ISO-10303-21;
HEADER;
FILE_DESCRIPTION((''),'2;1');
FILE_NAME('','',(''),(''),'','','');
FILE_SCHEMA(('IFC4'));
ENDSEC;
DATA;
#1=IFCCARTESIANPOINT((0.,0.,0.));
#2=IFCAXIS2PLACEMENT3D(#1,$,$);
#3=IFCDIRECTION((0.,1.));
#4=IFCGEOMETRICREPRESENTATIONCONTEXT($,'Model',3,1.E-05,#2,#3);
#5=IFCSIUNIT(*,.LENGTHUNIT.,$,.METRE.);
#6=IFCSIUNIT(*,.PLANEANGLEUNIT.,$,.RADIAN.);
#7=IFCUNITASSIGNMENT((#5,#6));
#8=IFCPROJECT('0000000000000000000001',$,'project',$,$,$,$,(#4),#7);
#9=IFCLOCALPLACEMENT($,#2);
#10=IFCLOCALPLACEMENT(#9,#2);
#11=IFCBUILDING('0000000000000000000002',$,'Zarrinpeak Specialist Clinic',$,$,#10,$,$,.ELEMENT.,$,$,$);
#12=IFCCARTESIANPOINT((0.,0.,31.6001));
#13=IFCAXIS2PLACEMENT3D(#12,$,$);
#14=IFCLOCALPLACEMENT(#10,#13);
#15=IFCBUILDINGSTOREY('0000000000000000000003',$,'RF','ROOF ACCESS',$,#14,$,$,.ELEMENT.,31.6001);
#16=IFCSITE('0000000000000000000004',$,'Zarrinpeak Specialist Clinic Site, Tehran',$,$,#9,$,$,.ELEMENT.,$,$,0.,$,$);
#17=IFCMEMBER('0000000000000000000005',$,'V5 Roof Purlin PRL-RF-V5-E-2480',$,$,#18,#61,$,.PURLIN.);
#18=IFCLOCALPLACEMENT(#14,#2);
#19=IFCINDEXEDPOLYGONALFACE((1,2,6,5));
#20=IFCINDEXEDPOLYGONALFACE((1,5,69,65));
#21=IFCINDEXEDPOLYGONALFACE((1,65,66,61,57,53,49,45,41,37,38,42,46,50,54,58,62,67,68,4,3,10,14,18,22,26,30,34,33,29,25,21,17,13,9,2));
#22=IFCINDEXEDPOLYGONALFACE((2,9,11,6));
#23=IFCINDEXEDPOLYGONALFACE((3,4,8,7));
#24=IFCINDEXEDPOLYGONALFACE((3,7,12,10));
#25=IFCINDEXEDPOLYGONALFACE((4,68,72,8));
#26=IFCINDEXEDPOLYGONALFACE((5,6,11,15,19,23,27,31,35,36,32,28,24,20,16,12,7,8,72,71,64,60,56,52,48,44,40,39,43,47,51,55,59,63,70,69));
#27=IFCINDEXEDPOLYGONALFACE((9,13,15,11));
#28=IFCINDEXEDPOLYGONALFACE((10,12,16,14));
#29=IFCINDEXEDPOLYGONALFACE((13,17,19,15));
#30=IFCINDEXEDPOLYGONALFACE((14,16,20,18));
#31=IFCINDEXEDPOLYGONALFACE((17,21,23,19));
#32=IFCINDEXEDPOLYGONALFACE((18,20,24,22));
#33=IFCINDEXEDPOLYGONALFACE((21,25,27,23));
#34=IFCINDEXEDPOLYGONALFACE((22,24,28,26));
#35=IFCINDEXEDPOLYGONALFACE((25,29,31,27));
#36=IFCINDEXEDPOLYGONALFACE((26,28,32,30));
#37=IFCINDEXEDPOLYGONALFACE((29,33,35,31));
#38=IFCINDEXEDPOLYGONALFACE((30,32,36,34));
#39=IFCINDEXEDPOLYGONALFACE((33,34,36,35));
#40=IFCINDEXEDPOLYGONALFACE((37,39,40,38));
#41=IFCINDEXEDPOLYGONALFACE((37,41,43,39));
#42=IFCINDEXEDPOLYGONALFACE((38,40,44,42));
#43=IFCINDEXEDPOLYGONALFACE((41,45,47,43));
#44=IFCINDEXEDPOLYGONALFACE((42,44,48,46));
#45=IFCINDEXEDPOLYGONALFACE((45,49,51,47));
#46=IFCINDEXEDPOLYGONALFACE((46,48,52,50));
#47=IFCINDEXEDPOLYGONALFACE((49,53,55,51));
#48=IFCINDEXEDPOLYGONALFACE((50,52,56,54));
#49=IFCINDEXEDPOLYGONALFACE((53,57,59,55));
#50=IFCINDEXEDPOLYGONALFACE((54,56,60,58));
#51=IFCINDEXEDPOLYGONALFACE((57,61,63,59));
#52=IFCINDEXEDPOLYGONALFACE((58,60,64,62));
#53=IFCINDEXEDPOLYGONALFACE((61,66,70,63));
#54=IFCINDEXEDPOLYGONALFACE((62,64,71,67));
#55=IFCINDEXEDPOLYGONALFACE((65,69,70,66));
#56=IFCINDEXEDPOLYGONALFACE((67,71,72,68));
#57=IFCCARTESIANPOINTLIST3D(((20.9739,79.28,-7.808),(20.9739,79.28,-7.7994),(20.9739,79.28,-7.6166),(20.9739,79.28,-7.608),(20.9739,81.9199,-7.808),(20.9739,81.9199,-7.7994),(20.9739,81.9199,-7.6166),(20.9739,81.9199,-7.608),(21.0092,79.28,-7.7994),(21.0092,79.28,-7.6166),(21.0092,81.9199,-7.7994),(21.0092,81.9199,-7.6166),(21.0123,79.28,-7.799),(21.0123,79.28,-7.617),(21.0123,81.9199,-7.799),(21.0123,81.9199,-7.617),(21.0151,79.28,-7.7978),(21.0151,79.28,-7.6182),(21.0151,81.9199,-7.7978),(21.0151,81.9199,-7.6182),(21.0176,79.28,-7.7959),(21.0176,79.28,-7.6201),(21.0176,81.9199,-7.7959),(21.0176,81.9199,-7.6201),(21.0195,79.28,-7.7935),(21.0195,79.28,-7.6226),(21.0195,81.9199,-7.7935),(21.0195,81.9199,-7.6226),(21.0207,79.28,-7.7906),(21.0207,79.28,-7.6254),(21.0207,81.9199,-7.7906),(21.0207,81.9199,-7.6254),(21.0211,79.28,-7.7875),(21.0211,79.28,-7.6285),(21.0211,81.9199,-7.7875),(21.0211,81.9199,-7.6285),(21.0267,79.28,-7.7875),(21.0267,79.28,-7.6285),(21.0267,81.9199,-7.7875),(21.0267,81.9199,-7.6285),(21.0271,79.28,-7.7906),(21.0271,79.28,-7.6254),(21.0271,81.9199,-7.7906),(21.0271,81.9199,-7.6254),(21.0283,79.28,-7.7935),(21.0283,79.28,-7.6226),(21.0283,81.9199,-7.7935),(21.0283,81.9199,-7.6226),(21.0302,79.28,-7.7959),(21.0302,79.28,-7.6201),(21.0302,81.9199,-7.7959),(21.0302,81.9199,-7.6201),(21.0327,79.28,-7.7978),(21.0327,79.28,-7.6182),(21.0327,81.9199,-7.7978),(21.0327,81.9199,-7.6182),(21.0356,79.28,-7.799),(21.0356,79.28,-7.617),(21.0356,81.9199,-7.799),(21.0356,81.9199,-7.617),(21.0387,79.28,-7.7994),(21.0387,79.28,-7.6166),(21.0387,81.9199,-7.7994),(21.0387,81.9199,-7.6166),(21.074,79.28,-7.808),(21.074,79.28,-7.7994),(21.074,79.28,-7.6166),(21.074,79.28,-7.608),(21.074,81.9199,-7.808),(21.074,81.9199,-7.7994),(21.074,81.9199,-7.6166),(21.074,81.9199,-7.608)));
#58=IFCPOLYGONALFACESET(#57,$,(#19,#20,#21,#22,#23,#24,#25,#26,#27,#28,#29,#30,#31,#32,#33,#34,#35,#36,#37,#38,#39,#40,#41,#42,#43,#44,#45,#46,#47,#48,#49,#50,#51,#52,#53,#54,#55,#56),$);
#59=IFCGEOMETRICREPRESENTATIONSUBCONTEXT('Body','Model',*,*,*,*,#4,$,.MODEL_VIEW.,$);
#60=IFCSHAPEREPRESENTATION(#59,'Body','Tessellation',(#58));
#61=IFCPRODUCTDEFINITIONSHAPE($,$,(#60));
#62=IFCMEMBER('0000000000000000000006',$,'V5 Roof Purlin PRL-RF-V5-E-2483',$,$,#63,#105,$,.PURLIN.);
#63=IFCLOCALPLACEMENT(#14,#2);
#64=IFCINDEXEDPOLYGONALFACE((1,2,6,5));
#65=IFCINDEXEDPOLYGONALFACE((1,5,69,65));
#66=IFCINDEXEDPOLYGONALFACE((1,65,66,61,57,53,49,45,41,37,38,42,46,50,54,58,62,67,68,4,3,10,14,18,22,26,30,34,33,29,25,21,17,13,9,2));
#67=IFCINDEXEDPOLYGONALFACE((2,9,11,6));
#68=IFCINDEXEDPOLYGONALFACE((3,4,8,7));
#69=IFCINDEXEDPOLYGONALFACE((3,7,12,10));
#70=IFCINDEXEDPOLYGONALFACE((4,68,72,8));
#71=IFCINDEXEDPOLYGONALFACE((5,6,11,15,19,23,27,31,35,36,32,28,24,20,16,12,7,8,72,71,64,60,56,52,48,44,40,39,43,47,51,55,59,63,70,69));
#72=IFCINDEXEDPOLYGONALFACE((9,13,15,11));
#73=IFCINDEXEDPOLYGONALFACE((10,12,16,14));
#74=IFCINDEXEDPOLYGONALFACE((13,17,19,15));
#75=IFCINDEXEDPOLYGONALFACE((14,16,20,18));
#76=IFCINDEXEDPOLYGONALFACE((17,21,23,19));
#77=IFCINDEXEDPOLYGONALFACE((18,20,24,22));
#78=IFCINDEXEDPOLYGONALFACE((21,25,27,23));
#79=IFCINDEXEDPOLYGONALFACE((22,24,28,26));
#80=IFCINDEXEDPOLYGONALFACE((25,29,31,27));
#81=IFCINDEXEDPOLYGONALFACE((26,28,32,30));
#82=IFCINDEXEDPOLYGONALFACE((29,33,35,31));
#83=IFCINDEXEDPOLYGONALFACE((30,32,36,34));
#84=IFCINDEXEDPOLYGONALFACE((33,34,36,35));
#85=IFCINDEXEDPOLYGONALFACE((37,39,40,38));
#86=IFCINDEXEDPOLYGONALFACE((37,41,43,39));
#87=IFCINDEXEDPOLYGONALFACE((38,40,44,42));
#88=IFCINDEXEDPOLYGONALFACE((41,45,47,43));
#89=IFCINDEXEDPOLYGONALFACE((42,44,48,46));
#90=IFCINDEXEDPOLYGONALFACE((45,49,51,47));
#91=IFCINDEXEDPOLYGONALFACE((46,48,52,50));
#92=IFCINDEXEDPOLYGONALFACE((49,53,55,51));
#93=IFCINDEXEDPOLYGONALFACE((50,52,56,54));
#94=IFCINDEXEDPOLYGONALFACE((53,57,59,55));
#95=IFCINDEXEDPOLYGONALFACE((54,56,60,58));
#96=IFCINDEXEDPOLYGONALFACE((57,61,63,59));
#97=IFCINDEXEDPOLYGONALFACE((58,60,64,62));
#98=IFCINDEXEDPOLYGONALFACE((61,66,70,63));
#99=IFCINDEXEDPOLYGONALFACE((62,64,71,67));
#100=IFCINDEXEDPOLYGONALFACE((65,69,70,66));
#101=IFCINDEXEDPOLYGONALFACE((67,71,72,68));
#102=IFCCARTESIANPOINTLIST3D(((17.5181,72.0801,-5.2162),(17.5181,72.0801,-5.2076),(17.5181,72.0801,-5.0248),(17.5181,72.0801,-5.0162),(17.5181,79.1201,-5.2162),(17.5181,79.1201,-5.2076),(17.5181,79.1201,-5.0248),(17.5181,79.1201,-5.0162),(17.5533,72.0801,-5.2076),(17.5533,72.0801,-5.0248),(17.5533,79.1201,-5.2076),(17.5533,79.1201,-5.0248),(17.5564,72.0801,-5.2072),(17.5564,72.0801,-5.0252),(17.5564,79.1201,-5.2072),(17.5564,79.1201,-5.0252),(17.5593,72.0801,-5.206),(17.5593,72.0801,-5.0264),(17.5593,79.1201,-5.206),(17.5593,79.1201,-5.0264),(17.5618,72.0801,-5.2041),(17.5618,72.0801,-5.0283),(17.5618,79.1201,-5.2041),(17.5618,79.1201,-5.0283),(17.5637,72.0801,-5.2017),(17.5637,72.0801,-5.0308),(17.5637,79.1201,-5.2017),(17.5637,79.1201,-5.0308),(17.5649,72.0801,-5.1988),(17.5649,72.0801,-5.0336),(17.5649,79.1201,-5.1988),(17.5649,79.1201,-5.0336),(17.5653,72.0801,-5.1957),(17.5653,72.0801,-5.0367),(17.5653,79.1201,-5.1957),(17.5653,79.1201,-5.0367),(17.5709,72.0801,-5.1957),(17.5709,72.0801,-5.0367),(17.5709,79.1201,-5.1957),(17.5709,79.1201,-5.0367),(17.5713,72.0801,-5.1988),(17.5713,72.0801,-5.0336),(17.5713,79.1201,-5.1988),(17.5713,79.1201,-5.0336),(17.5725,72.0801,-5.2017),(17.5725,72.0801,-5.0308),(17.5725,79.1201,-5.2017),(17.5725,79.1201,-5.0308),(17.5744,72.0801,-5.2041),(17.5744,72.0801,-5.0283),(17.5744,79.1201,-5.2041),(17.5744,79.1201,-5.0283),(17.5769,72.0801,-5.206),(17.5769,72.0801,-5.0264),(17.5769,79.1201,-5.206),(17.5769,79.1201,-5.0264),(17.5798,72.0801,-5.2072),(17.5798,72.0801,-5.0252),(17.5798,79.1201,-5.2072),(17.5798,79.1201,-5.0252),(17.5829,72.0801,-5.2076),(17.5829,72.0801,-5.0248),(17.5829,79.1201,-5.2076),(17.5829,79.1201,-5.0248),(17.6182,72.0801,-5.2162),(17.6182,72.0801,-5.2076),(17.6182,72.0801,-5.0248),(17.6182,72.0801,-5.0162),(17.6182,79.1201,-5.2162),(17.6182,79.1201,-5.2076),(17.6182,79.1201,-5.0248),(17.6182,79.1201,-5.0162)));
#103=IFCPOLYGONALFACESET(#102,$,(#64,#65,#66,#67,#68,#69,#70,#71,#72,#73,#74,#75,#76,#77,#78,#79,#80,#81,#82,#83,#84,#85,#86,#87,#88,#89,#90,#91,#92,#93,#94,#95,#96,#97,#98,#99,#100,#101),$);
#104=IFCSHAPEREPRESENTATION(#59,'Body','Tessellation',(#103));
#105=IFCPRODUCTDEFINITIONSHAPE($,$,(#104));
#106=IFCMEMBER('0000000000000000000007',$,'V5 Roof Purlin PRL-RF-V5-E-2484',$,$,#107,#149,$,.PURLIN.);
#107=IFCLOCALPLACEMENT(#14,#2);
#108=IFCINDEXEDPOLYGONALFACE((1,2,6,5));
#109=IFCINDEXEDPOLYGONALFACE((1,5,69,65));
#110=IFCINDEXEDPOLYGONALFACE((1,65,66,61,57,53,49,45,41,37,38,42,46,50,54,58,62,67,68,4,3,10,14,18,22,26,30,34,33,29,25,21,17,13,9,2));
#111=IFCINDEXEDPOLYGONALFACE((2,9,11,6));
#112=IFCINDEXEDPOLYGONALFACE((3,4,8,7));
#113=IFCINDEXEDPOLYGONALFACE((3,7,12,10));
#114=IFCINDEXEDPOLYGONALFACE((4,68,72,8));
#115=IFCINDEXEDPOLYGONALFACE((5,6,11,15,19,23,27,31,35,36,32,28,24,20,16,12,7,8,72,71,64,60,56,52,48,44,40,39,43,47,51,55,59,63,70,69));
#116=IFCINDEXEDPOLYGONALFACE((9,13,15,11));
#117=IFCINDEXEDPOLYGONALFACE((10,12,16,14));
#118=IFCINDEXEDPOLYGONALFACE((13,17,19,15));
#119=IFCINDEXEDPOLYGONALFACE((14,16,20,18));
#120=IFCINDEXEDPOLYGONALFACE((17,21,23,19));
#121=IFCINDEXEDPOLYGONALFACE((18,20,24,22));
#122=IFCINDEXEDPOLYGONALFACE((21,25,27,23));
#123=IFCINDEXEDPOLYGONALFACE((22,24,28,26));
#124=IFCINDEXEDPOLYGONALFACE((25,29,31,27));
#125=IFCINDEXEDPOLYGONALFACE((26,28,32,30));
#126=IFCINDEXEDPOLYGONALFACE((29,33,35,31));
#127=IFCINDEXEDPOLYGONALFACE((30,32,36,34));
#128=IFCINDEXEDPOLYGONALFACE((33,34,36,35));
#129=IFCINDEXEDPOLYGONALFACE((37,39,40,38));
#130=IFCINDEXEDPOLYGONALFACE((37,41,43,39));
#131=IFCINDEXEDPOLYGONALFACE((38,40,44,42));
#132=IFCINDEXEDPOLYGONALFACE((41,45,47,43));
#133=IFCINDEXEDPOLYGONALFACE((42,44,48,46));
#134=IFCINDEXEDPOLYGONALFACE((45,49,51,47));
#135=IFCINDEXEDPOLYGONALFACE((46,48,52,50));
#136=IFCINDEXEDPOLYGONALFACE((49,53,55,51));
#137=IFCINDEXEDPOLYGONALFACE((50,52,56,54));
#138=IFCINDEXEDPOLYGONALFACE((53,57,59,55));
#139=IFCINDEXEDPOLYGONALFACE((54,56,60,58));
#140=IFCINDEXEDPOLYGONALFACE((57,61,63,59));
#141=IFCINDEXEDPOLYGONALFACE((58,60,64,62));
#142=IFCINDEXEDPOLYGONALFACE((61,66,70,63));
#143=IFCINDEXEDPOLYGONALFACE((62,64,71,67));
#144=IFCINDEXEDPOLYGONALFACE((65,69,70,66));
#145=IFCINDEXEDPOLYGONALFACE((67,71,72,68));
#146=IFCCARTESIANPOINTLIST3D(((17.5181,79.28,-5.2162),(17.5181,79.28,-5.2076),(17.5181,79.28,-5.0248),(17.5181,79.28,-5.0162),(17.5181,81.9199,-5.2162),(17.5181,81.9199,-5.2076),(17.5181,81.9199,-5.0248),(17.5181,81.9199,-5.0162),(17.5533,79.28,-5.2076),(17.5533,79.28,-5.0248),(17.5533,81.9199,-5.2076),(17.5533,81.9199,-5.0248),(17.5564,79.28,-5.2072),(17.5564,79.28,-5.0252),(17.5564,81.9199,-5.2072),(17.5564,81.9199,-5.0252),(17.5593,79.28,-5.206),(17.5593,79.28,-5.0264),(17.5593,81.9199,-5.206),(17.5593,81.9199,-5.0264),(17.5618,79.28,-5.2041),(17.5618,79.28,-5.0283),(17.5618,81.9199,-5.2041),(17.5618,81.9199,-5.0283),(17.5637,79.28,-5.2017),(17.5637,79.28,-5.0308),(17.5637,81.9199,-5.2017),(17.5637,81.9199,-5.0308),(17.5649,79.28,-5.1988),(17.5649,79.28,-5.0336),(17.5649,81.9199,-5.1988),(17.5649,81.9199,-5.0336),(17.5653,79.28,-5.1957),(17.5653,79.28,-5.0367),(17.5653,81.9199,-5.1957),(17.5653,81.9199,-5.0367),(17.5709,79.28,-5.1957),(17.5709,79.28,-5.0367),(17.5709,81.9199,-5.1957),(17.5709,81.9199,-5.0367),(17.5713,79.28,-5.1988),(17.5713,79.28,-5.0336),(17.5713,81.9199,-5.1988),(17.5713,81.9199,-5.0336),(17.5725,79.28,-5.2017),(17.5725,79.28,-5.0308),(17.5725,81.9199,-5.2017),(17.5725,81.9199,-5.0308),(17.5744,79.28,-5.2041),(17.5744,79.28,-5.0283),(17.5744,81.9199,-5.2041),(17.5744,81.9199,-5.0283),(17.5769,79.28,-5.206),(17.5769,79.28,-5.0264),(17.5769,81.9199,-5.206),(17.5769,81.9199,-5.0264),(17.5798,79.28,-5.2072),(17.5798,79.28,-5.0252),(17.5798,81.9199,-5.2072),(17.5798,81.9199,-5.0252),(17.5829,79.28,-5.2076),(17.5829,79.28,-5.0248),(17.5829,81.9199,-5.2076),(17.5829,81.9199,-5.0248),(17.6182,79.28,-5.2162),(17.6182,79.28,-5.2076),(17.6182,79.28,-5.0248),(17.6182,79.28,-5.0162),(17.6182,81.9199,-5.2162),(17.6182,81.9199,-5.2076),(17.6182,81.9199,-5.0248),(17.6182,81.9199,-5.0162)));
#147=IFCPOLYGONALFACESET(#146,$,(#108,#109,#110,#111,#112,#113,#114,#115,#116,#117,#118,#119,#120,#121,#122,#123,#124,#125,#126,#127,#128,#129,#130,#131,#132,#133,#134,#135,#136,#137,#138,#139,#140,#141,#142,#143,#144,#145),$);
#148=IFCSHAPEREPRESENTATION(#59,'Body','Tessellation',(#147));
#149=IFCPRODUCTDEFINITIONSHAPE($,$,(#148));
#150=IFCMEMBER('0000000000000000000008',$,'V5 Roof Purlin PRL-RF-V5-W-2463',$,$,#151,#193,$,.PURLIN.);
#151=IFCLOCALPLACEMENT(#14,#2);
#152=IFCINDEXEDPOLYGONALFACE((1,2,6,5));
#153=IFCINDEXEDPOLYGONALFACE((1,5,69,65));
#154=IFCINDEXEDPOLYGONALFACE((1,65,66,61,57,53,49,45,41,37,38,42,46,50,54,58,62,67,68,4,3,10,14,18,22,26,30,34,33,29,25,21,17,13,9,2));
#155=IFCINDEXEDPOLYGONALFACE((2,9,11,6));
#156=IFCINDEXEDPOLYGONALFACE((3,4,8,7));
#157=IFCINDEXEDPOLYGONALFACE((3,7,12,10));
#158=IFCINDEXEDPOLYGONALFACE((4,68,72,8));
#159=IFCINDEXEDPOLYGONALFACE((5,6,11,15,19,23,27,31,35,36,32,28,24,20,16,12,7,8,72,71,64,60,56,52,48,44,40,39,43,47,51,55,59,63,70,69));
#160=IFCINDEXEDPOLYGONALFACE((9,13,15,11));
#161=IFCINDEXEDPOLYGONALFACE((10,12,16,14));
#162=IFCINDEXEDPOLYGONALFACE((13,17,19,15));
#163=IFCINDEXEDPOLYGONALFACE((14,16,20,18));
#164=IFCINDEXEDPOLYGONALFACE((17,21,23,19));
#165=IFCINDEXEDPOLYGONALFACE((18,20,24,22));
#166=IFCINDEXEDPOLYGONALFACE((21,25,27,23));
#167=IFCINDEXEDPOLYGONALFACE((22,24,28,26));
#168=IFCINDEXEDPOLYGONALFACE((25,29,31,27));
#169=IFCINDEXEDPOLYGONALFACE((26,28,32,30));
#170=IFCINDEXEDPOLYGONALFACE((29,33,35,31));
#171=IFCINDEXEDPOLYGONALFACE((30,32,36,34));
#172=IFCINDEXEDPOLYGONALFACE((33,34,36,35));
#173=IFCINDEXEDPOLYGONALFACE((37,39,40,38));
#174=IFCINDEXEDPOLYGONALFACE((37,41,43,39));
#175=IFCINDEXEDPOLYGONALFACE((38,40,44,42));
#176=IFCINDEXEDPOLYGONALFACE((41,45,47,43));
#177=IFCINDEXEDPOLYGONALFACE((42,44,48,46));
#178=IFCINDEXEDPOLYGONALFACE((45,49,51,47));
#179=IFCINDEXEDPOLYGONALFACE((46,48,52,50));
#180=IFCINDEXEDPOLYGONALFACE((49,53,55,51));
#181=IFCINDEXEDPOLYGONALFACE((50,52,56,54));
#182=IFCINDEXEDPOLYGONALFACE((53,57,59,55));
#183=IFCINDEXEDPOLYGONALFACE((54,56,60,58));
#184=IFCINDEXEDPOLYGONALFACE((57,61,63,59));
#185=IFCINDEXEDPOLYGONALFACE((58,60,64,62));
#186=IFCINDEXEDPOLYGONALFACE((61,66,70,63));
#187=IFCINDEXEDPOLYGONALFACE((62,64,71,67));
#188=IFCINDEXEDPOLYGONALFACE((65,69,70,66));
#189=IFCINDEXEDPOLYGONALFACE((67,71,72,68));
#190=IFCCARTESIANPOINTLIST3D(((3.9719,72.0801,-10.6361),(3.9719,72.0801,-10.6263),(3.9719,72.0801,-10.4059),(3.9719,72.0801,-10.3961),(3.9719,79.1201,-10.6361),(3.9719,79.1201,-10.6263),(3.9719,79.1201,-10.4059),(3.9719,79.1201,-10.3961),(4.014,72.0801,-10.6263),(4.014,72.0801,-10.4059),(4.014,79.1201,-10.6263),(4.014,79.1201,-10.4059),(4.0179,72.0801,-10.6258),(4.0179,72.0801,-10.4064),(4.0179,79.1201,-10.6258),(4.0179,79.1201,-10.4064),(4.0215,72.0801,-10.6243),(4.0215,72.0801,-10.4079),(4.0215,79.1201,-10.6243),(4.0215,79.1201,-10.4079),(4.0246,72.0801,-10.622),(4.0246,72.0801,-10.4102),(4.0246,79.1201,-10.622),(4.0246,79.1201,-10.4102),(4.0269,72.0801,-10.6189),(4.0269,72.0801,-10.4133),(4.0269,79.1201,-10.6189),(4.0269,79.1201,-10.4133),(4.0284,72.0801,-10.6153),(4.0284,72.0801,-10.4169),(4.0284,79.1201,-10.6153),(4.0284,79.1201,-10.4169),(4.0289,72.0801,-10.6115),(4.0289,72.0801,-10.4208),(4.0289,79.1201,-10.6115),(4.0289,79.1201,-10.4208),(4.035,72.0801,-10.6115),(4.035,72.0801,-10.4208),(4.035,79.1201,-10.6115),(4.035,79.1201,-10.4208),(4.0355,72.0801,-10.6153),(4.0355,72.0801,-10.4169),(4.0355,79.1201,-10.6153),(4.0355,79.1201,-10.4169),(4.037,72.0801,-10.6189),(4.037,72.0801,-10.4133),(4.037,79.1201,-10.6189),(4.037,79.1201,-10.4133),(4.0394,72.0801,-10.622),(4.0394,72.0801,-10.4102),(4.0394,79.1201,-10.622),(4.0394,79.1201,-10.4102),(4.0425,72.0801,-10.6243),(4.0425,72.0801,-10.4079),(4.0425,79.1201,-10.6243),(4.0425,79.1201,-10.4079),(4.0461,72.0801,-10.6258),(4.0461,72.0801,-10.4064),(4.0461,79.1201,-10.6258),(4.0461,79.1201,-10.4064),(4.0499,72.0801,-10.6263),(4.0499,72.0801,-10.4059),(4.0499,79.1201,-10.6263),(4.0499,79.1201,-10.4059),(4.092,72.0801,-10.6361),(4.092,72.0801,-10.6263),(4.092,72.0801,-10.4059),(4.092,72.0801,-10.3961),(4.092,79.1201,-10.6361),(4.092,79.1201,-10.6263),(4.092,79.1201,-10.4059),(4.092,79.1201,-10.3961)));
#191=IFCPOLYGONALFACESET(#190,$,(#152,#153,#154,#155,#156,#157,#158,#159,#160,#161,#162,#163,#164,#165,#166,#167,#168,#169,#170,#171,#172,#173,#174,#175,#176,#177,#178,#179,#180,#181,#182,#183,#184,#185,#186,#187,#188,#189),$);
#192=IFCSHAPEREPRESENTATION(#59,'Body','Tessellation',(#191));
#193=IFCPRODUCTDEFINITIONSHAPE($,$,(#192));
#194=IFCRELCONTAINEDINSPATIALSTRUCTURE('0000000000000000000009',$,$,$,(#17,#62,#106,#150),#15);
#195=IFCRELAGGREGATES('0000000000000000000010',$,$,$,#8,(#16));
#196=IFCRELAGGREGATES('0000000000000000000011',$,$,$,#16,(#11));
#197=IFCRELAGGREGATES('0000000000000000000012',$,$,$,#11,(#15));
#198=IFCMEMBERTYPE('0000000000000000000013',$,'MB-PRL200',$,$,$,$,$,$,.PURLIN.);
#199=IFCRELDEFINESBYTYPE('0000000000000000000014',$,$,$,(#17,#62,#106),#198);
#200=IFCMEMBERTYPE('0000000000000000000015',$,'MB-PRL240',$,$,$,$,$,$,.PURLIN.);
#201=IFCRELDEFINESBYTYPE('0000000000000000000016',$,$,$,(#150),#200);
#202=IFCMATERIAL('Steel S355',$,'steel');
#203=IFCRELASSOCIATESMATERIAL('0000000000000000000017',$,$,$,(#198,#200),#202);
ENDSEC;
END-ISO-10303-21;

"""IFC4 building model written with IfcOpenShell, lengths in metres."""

from ifc_helpers import new_model, si_unit, direction, frame, origin, origin_2d, place, context, subcontext, project, spatial, i_section, extrude, material, material_profile, profile_set, type_object, element, save


model = new_model("IFC4")

# Units and contexts
model_context = context("Model", 3, precision=1e-05, world=origin(), true_north=direction((0.0, 1.0)))
body_context = subcontext(model_context, "Body", "Model", "MODEL_VIEW")
ifc_project = project(units=[si_unit("LENGTHUNIT", "METRE"), si_unit("PLANEANGLEUNIT", "RADIAN")], contexts=[model_context])

# Site, building, storey
site_placement = place(None, origin())
site = spatial("IfcSite", under=ifc_project, at=site_placement, Name="Zarrinpeak Specialist Clinic Site, Tehran", CompositionType="ELEMENT", RefElevation=0.0)
building_placement = place(site_placement, origin())
building = spatial("IfcBuilding", under=site, at=building_placement, Name="Zarrinpeak Specialist Clinic", CompositionType="ELEMENT")
storey_placement = place(building_placement, frame((0.0, 0.0, 31.6001)))
storey = spatial("IfcBuildingStorey", under=building, at=storey_placement, Name="RF", Description="ROOF ACCESS", CompositionType="ELEMENT", Elevation=31.6001)

# Shared definitions
ifc_material_1 = material(Name="Steel S355", Category="steel")

# Members
ifc_material_profile_1 = material_profile(ifc_material_1, i_section(OverallWidth=0.1001, OverallDepth=0.2, WebThickness=0.0056, FlangeThickness=0.0085, FilletRadius=0.012, at=origin_2d()), Name="IPE 200")
ifc_profile_set_1 = profile_set([ifc_material_profile_1], Name="Steel S355")
member_type_1 = type_object("IfcMemberType", Name="MB-PRL200", PredefinedType="PURLIN", material=ifc_profile_set_1)
member_1_placement = place(storey_placement, frame((21.0239, 79.28, -7.708), z_axis=(0.0, 1.0, 0.0), x_axis=(-1.0, 0.0, 0.0)))
element("IfcMember", 1, at=member_1_placement, inside=storey, type_object=member_type_1, Name="V5 Roof Purlin PRL-RF-V5-E-2480", PredefinedType="PURLIN", context=body_context, shape_type="SweptSolid", body=[
    extrude(i_section(OverallWidth=0.1001, OverallDepth=0.2, WebThickness=0.0056, FlangeThickness=0.0085, FilletRadius=0.012, at=origin_2d()), origin(), (0.0, 0.0, 1.0), 2.6399),
])
member_2_placement = place(storey_placement, frame((17.5681, 72.0801, -5.1162), z_axis=(0.0, 1.0, 0.0), x_axis=(-1.0, 0.0, 0.0)))
element("IfcMember", 2, at=member_2_placement, inside=storey, type_object=member_type_1, Name="V5 Roof Purlin PRL-RF-V5-E-2483", PredefinedType="PURLIN", context=body_context, shape_type="SweptSolid", body=[
    extrude(i_section(OverallWidth=0.1001, OverallDepth=0.2, WebThickness=0.0056, FlangeThickness=0.0085, FilletRadius=0.012, at=origin_2d()), origin(), (0.0, 0.0, 1.0), 7.04),
])
member_3_placement = place(storey_placement, frame((17.5681, 79.28, -5.1162), z_axis=(0.0, 1.0, 0.0), x_axis=(-1.0, 0.0, 0.0)))
element("IfcMember", 3, at=member_3_placement, inside=storey, type_object=member_type_1, Name="V5 Roof Purlin PRL-RF-V5-E-2484", PredefinedType="PURLIN", context=body_context, shape_type="SweptSolid", body=[
    extrude(i_section(OverallWidth=0.1001, OverallDepth=0.2, WebThickness=0.0056, FlangeThickness=0.0085, FilletRadius=0.012, at=origin_2d()), origin(), (0.0, 0.0, 1.0), 2.6399),
])
ifc_material_profile_2 = material_profile(ifc_material_1, i_section(OverallWidth=0.1201, OverallDepth=0.24, WebThickness=0.0061, FlangeThickness=0.0098, FilletRadius=0.0149, at=origin_2d()), Name="IPE 240")
ifc_profile_set_2 = profile_set([ifc_material_profile_2], Name="Steel S355")
member_type_2 = type_object("IfcMemberType", Name="MB-PRL240", PredefinedType="PURLIN", material=ifc_profile_set_2)
member_4_placement = place(storey_placement, frame((4.032, 72.0801, -10.5161), z_axis=(0.0, 1.0, 0.0), x_axis=(-1.0, 0.0, 0.0)))
element("IfcMember", 4, at=member_4_placement, inside=storey, type_object=member_type_2, Name="V5 Roof Purlin PRL-RF-V5-W-2463", PredefinedType="PURLIN", context=body_context, shape_type="SweptSolid", body=[
    extrude(i_section(OverallWidth=0.1201, OverallDepth=0.24, WebThickness=0.0061, FlangeThickness=0.0098, FilletRadius=0.0149, at=origin_2d()), origin(), (0.0, 0.0, 1.0), 7.04),
])

save(model, "model.ifc")
